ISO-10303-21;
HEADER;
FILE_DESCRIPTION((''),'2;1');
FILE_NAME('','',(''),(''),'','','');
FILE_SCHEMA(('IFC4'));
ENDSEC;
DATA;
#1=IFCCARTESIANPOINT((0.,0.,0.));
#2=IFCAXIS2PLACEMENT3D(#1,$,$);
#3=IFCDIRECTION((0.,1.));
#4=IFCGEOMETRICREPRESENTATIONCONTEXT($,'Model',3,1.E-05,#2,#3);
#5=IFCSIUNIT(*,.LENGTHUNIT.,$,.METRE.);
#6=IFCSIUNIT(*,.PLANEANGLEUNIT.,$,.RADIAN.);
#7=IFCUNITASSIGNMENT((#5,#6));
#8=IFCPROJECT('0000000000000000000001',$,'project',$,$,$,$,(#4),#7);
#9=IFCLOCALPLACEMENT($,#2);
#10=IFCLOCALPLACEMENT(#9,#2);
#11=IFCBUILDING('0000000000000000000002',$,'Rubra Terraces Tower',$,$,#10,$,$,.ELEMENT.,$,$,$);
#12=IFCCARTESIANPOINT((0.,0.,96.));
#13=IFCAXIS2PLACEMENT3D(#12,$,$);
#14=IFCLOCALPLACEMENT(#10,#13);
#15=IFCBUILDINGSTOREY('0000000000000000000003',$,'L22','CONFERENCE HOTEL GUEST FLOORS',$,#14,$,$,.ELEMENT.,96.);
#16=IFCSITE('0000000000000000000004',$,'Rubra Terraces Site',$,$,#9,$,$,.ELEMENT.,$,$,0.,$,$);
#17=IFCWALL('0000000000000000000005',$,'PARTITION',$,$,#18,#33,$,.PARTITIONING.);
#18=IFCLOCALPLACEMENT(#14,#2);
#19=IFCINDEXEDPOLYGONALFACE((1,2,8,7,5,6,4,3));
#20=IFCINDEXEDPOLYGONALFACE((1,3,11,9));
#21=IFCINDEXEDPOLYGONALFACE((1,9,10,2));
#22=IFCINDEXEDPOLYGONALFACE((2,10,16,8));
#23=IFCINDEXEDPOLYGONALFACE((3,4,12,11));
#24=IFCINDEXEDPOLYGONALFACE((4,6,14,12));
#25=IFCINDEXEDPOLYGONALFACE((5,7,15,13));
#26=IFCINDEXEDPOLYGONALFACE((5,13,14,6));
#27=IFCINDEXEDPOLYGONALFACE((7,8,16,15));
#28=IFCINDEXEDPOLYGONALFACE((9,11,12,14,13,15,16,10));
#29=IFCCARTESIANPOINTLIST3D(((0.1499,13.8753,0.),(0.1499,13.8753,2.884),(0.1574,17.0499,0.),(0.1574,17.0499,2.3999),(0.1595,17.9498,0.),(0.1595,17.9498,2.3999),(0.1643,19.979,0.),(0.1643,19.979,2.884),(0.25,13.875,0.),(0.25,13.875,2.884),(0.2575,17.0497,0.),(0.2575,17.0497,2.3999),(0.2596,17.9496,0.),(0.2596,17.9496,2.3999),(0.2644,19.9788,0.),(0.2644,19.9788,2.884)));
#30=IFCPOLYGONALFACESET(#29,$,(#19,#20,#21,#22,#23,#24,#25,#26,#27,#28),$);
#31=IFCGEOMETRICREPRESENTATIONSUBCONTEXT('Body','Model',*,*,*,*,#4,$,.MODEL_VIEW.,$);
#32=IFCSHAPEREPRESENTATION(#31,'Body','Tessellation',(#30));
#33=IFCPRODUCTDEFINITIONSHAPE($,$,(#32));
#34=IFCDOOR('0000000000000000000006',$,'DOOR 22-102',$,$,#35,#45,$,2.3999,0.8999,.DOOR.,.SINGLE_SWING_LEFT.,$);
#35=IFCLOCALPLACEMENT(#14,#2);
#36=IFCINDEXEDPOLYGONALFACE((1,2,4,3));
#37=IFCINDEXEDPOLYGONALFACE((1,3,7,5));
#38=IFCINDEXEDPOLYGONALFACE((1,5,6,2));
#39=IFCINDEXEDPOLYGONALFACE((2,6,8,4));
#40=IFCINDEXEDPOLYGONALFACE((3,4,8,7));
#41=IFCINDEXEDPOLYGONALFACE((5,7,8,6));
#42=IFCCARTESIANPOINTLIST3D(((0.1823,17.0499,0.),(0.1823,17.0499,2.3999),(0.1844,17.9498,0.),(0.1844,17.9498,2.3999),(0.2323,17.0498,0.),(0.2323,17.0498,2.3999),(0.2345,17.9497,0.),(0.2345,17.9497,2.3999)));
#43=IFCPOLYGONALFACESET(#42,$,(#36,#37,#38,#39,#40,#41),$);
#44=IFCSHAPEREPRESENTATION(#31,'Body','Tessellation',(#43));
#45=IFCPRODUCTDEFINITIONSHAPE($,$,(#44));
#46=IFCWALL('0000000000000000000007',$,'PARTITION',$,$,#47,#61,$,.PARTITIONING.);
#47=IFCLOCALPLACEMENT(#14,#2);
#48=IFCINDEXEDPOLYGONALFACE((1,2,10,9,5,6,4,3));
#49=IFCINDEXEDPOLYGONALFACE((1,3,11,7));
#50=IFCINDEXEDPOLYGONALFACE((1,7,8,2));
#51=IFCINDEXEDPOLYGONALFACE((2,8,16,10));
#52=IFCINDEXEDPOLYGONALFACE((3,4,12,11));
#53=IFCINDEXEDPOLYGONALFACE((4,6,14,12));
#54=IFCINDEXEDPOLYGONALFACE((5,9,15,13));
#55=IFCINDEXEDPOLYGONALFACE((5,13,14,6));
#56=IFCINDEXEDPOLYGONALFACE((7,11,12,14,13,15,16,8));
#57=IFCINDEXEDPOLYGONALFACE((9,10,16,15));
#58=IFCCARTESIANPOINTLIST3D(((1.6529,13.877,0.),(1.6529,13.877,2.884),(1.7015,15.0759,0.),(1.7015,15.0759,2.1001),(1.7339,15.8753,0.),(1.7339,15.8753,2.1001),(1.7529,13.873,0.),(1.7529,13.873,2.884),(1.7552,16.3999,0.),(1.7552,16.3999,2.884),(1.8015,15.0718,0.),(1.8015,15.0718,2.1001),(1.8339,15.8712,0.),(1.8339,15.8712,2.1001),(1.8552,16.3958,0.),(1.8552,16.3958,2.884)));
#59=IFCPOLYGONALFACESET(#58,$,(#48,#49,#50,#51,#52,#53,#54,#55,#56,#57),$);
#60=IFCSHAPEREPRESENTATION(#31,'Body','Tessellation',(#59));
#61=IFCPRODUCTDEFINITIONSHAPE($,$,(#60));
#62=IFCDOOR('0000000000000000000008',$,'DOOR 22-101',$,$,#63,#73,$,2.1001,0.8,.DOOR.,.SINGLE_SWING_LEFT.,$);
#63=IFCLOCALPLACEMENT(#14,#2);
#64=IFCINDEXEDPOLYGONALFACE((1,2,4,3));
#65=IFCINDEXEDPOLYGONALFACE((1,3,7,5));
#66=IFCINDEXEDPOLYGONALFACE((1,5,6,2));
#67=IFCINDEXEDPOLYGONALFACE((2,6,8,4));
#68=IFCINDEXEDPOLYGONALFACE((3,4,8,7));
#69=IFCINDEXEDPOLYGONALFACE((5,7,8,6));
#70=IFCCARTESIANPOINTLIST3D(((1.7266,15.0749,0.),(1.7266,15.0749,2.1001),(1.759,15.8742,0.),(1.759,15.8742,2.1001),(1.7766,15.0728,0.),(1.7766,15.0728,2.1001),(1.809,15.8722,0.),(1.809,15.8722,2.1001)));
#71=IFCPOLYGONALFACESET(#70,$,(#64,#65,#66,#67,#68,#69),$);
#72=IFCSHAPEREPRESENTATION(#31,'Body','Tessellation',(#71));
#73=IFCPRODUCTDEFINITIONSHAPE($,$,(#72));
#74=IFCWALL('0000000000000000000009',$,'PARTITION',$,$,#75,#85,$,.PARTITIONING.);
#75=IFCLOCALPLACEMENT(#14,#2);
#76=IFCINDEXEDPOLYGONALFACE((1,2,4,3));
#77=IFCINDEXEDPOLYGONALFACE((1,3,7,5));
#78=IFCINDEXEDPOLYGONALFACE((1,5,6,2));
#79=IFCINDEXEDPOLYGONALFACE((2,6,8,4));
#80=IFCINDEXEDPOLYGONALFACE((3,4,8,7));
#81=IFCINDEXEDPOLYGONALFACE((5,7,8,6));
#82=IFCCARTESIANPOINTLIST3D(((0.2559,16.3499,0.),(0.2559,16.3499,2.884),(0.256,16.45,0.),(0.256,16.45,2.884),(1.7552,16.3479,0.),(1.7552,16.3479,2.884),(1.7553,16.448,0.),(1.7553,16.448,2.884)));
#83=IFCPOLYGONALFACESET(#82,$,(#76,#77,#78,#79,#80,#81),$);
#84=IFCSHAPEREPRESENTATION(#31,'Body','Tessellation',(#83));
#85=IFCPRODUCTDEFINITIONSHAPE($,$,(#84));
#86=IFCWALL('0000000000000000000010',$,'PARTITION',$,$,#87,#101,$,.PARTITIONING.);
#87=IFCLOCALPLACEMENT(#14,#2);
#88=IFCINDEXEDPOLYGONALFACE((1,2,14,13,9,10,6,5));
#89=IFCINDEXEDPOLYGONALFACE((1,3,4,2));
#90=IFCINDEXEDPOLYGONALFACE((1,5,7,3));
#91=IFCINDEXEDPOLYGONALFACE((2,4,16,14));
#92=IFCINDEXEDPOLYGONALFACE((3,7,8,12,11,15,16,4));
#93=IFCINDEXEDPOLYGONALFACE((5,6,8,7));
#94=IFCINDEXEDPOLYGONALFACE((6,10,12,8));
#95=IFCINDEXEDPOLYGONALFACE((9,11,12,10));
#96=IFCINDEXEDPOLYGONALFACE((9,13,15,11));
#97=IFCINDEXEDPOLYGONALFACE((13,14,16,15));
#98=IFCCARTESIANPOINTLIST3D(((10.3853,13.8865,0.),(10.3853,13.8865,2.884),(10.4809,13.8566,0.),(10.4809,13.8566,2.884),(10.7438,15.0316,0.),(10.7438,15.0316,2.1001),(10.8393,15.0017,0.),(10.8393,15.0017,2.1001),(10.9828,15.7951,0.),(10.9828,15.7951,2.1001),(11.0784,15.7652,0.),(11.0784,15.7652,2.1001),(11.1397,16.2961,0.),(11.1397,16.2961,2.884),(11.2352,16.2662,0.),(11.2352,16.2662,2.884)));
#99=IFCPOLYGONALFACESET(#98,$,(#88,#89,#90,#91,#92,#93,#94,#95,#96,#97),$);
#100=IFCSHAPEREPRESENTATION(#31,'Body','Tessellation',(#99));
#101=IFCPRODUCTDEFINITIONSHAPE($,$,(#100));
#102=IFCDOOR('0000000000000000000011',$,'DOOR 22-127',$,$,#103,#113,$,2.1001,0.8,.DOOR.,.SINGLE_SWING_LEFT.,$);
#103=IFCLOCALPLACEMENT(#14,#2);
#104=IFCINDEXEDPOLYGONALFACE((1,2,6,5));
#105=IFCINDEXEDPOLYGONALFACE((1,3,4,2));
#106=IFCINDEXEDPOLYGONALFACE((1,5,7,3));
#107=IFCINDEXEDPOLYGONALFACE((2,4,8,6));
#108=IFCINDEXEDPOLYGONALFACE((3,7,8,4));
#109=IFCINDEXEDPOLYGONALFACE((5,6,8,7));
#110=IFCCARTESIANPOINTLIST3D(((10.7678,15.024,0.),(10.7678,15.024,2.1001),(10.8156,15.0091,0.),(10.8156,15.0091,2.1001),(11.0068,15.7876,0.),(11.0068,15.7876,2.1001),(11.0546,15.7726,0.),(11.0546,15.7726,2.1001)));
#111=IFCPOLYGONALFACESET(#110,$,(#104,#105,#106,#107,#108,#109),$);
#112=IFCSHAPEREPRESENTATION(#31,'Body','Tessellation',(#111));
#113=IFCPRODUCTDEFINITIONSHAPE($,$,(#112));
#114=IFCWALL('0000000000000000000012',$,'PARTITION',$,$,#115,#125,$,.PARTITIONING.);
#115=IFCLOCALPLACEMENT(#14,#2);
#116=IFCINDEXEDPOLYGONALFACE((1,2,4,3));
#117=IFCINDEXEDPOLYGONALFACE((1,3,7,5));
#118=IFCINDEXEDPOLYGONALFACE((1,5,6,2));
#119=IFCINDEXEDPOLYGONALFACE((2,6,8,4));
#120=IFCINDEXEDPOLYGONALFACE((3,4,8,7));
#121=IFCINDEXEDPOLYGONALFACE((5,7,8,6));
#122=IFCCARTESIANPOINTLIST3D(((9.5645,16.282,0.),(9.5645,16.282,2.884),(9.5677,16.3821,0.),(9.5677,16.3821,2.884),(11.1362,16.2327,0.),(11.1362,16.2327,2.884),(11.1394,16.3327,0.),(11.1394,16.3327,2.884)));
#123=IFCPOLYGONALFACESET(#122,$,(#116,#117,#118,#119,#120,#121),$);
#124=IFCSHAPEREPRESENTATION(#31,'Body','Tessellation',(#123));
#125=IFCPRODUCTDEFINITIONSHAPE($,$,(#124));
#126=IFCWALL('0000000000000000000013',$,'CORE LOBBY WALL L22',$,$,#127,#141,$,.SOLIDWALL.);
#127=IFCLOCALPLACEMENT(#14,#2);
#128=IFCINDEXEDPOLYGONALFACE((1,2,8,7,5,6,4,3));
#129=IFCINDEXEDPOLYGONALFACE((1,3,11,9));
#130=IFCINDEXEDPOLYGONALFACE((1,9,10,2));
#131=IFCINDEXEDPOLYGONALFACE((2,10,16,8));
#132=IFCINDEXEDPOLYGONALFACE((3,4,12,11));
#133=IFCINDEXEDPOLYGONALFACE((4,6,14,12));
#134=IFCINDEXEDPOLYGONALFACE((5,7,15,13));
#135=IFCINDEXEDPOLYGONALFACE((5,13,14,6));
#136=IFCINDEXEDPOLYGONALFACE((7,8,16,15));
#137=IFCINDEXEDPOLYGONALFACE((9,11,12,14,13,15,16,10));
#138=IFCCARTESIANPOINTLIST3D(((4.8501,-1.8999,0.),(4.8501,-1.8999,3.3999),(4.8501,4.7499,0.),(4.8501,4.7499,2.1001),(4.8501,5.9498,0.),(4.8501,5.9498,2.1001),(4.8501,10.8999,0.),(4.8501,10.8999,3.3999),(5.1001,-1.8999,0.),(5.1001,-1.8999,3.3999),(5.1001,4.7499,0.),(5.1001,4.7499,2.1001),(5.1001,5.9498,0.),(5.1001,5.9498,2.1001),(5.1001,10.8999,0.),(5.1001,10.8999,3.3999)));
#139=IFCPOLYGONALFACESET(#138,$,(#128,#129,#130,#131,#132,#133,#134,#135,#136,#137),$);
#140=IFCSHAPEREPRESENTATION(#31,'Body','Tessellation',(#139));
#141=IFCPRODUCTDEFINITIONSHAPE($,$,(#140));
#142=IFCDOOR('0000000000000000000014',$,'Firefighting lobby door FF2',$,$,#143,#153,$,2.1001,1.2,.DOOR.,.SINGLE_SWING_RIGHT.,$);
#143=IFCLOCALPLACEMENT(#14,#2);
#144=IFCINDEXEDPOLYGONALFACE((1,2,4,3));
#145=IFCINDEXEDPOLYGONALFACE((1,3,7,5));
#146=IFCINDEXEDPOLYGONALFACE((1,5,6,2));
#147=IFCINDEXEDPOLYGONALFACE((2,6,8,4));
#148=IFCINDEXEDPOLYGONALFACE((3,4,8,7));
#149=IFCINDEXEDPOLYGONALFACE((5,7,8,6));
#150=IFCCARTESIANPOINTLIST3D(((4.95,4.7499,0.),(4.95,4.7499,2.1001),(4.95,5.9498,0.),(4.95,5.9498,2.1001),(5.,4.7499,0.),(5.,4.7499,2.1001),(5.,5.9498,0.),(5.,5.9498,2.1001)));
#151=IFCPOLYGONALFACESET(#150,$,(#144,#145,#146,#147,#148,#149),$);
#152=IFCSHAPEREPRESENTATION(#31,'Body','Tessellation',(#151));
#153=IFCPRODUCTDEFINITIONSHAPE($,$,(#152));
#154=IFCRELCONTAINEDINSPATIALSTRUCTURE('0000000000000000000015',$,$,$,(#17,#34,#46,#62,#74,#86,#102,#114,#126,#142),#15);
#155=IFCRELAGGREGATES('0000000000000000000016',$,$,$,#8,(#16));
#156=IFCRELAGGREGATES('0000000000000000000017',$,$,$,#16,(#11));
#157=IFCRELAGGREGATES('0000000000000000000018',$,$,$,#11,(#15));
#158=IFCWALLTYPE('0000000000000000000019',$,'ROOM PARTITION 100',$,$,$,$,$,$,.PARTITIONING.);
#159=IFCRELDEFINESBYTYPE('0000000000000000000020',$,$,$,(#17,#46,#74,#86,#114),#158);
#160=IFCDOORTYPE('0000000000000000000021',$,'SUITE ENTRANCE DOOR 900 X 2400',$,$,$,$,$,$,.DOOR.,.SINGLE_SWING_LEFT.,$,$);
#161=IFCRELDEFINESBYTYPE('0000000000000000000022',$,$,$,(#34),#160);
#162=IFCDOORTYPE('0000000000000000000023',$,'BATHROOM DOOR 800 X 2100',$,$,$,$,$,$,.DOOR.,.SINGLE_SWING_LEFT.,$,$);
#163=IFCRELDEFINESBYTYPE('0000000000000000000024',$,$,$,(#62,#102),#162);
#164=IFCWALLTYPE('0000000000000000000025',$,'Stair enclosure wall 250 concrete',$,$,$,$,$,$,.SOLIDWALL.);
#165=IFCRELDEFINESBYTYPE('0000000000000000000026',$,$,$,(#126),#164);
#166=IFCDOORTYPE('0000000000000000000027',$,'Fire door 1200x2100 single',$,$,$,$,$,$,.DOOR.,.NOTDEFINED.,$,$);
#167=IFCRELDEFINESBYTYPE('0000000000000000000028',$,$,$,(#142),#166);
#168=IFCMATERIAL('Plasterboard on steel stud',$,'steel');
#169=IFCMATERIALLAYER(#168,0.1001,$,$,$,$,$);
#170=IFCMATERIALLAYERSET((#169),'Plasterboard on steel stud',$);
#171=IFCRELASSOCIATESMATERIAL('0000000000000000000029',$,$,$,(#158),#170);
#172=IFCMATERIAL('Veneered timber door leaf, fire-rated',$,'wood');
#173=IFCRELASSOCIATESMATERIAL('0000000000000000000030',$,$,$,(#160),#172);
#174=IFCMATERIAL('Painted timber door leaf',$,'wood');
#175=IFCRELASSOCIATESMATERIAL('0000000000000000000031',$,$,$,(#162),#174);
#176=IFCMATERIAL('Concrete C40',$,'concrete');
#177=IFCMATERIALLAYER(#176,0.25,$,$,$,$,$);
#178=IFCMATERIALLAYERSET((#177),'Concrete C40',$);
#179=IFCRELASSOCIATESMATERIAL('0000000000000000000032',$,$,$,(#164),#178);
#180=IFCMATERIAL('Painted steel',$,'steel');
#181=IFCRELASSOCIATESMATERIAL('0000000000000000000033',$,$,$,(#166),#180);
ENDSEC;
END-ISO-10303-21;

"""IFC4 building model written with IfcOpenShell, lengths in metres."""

from ifc_helpers import new_model, si_unit, direction, frame, frame_2d, origin, place, context, subcontext, project, spatial, rectangle, extrude, material, layer, layer_set, type_object, element, fill, save


model = new_model("IFC4")

# Units and contexts
model_context = context("Model", 3, precision=1e-05, world=origin(), true_north=direction((0.0, 1.0)))
body_context = subcontext(model_context, "Body", "Model", "MODEL_VIEW")
ifc_project = project(units=[si_unit("LENGTHUNIT", "METRE"), si_unit("PLANEANGLEUNIT", "RADIAN")], contexts=[model_context])

# Site, building, storey
site_placement = place(None, origin())
site = spatial("IfcSite", under=ifc_project, at=site_placement, Name="Rubra Terraces Site", CompositionType="ELEMENT", RefElevation=0.0)
building_placement = place(site_placement, origin())
building = spatial("IfcBuilding", under=site, at=building_placement, Name="Rubra Terraces Tower", CompositionType="ELEMENT")
storey_placement = place(building_placement, frame((0.0, 0.0, 96.0)))
storey = spatial("IfcBuildingStorey", under=building, at=storey_placement, Name="L22", Description="CONFERENCE HOTEL GUEST FLOORS", CompositionType="ELEMENT", Elevation=96.0)

# Walls, openings, doors
ifc_material_1 = material(Name="Painted timber door leaf", Category="wood")
ifc_material_2 = material(Name="Plasterboard on steel stud", Category="steel")
ifc_layer_1 = layer(ifc_material_2, 0.1001)
ifc_layer_set_1 = layer_set([ifc_layer_1], Name="Plasterboard on steel stud")
wall_type_1 = type_object("IfcWallType", Name="ROOM PARTITION 100", PredefinedType="PARTITIONING", material=ifc_layer_set_1)
wall_1_placement = place(storey_placement, frame((0.2144, 19.9788, 0.0), z_axis=(0.0, 0.0, 1.0), x_axis=(-0.00236, -0.999997, 0.0)))
wall_1 = element("IfcWall", 1, at=wall_1_placement, inside=storey, type_object=wall_type_1, Name="PARTITION", PredefinedType="PARTITIONING", context=body_context, shape_type="SweptSolid", body=[
    extrude(rectangle(XDim=6.1038, YDim=0.1001, at=frame_2d((3.0518, 0.0))), origin(), (0.0, 0.0, 1.0), 2.884),
])
opening_1_placement = place(wall_1_placement, frame((2.0291, 0.0, 0.0)))
opening_1 = element("IfcOpeningElement", 2, at=opening_1_placement, cuts=wall_1, PredefinedType="OPENING", context=body_context, shape_type="SweptSolid", body=[
    extrude(rectangle(XDim=0.8999, YDim=2.3999, at=frame_2d((0.45, 1.2))), frame((0.0, 0.0601, 0.0), z_axis=(0.0, -1.0, 0.0), x_axis=(1.0, 0.0, 0.0)), (0.0, 0.0, 1.0), 0.1201),
])
ifc_material_3 = material(Name="Veneered timber door leaf, fire-rated", Category="wood")
door_type_1 = type_object("IfcDoorType", Name="SUITE ENTRANCE DOOR 900 X 2400", OperationType="SINGLE_SWING_LEFT", PredefinedType="DOOR", material=ifc_material_3)
door_1_placement = place(opening_1_placement, origin())
door_1 = element("IfcDoor", 3, at=door_1_placement, inside=storey, type_object=door_type_1, Name="DOOR 22-102", OperationType="SINGLE_SWING_LEFT", OverallHeight=2.3999, OverallWidth=0.8999, PredefinedType="DOOR", context=body_context, shape_type="SweptSolid", body=[
    extrude(rectangle(XDim=0.8999, YDim=2.3999, at=frame_2d((0.45, 1.2))), frame((0.0, 0.0249, 0.0), z_axis=(0.0, -1.0, 0.0), x_axis=(1.0, 0.0, 0.0)), (0.0, 0.0, 1.0), 0.05),
])
fill(opening_1, door_1)
wall_2_placement = place(storey_placement, frame((1.7029, 13.875, 0.0), z_axis=(0.0, 0.0, 1.0), x_axis=(0.040512, 0.999179, 0.0)))
wall_2 = element("IfcWall", 4, at=wall_2_placement, inside=storey, type_object=wall_type_1, Name="PARTITION", PredefinedType="PARTITIONING", context=body_context, shape_type="SweptSolid", body=[
    extrude(rectangle(XDim=2.5249, YDim=0.1001, at=frame_2d((1.2625, 0.0))), origin(), (0.0, 0.0, 1.0), 2.884),
])
opening_2_placement = place(wall_2_placement, frame((1.2, 0.0, 0.0)))
opening_2 = element("IfcOpeningElement", 5, at=opening_2_placement, cuts=wall_2, PredefinedType="OPENING", context=body_context, shape_type="SweptSolid", body=[
    extrude(rectangle(XDim=0.8, YDim=2.1001, at=frame_2d((0.3999, 1.05))), frame((0.0, 0.0601, 0.0), z_axis=(0.0, -1.0, 0.0), x_axis=(1.0, 0.0, 0.0)), (0.0, 0.0, 1.0), 0.1201),
])
door_type_2 = type_object("IfcDoorType", Name="BATHROOM DOOR 800 X 2100", OperationType="SINGLE_SWING_LEFT", PredefinedType="DOOR", material=ifc_material_1)
door_2_placement = place(opening_2_placement, origin())
door_2 = element("IfcDoor", 6, at=door_2_placement, inside=storey, type_object=door_type_2, Name="DOOR 22-101", OperationType="SINGLE_SWING_LEFT", OverallHeight=2.1001, OverallWidth=0.8, PredefinedType="DOOR", context=body_context, shape_type="SweptSolid", body=[
    extrude(rectangle(XDim=0.8, YDim=2.1001, at=frame_2d((0.3999, 1.05))), frame((0.0, 0.0249, 0.0), z_axis=(0.0, -1.0, 0.0), x_axis=(1.0, 0.0, 0.0)), (0.0, 0.0, 1.0), 0.05),
])
fill(opening_2, door_2)

# Wall
wall_3_placement = place(storey_placement, frame((1.7551, 16.3979, 0.0), z_axis=(0.0, 0.0, 1.0), x_axis=(-0.999999, 0.001303, 0.0)))
element("IfcWall", 7, at=wall_3_placement, inside=storey, type_object=wall_type_1, Name="PARTITION", PredefinedType="PARTITIONING", context=body_context, shape_type="SweptSolid", body=[
    extrude(rectangle(XDim=1.4993, YDim=0.1001, at=frame_2d((0.7495, 0.0))), origin(), (0.0, 0.0, 1.0), 2.884),
])

# Wall, opening, door
wall_4_placement = place(storey_placement, frame((10.4331, 13.8716, 0.0), z_axis=(0.0, 0.0, 1.0), x_axis=(0.29877, 0.954325, 0.0)))
wall_4 = element("IfcWall", 8, at=wall_4_placement, inside=storey, type_object=wall_type_1, Name="PARTITION", PredefinedType="PARTITIONING", context=body_context, shape_type="SweptSolid", body=[
    extrude(rectangle(XDim=2.5249, YDim=0.1001, at=frame_2d((1.2625, 0.0))), origin(), (0.0, 0.0, 1.0), 2.884),
])
opening_3_placement = place(wall_4_placement, frame((1.2, 0.0, 0.0)))
opening_3 = element("IfcOpeningElement", 9, at=opening_3_placement, cuts=wall_4, PredefinedType="OPENING", context=body_context, shape_type="SweptSolid", body=[
    extrude(rectangle(XDim=0.8, YDim=2.1001, at=frame_2d((0.3999, 1.05))), frame((0.0, 0.0601, 0.0), z_axis=(0.0, -1.0, 0.0), x_axis=(1.0, 0.0, 0.0)), (0.0, 0.0, 1.0), 0.1201),
])
door_3_placement = place(opening_3_placement, origin())
door_3 = element("IfcDoor", 10, at=door_3_placement, inside=storey, type_object=door_type_2, Name="DOOR 22-127", OperationType="SINGLE_SWING_LEFT", OverallHeight=2.1001, OverallWidth=0.8, PredefinedType="DOOR", context=body_context, shape_type="SweptSolid", body=[
    extrude(rectangle(XDim=0.8, YDim=2.1001, at=frame_2d((0.3999, 1.05))), frame((0.0, 0.0249, 0.0), z_axis=(0.0, -1.0, 0.0), x_axis=(1.0, 0.0, 0.0)), (0.0, 0.0, 1.0), 0.05),
])
fill(opening_3, door_3)

# Wall
wall_5_placement = place(storey_placement, frame((11.1377, 16.2827, 0.0), z_axis=(0.0, 0.0, 1.0), x_axis=(-0.999508, 0.031361, 0.0)))
element("IfcWall", 11, at=wall_5_placement, inside=storey, type_object=wall_type_1, Name="PARTITION", PredefinedType="PARTITIONING", context=body_context, shape_type="SweptSolid", body=[
    extrude(rectangle(XDim=1.5725, YDim=0.1001, at=frame_2d((0.7861, 0.0))), origin(), (0.0, 0.0, 1.0), 2.884),
])

# Wall, opening, door
ifc_material_4 = material(Name="Concrete C40", Category="concrete")
ifc_layer_2 = layer(ifc_material_4, 0.25)
ifc_layer_set_2 = layer_set([ifc_layer_2], Name="Concrete C40")
wall_type_2 = type_object("IfcWallType", Name="Stair enclosure wall 250 concrete", PredefinedType="SOLIDWALL", material=ifc_layer_set_2)
wall_6_placement = place(storey_placement, frame((4.9751, 10.8999, 0.0), z_axis=(0.0, 0.0, 1.0), x_axis=(0.0, -1.0, 0.0)))
wall_6 = element("IfcWall", 12, at=wall_6_placement, inside=storey, type_object=wall_type_2, Name="CORE LOBBY WALL L22", PredefinedType="SOLIDWALL", context=body_context, shape_type="SweptSolid", body=[
    extrude(rectangle(XDim=12.7998, YDim=0.25, at=frame_2d((6.3999, 0.0))), origin(), (0.0, 0.0, 1.0), 3.3999),
])
opening_4_placement = place(wall_6_placement, frame((4.95, 0.0, 0.0)))
opening_4 = element("IfcOpeningElement", 13, at=opening_4_placement, cuts=wall_6, PredefinedType="OPENING", context=body_context, shape_type="SweptSolid", body=[
    extrude(rectangle(XDim=1.2, YDim=2.1001, at=frame_2d((0.6001, 1.05))), frame((0.0, 0.135, 0.0), z_axis=(0.0, -1.0, 0.0), x_axis=(1.0, 0.0, 0.0)), (0.0, 0.0, 1.0), 0.27),
])
ifc_material_5 = material(Name="Painted steel", Category="steel")
door_type_3 = type_object("IfcDoorType", Name="Fire door 1200x2100 single", OperationType="NOTDEFINED", PredefinedType="DOOR", material=ifc_material_5)
door_4_placement = place(opening_4_placement, origin())
door_4 = element("IfcDoor", 14, at=door_4_placement, inside=storey, type_object=door_type_3, Name="Firefighting lobby door FF2", OperationType="SINGLE_SWING_RIGHT", OverallHeight=2.1001, OverallWidth=1.2, PredefinedType="DOOR", context=body_context, shape_type="SweptSolid", body=[
    extrude(rectangle(XDim=1.2, YDim=2.1001, at=frame_2d((0.6001, 1.05))), frame((0.0, 0.0249, 0.0), z_axis=(0.0, -1.0, 0.0), x_axis=(1.0, 0.0, 0.0)), (0.0, 0.0, 1.0), 0.05),
])
fill(opening_4, door_4)

save(model, "model.ifc")
